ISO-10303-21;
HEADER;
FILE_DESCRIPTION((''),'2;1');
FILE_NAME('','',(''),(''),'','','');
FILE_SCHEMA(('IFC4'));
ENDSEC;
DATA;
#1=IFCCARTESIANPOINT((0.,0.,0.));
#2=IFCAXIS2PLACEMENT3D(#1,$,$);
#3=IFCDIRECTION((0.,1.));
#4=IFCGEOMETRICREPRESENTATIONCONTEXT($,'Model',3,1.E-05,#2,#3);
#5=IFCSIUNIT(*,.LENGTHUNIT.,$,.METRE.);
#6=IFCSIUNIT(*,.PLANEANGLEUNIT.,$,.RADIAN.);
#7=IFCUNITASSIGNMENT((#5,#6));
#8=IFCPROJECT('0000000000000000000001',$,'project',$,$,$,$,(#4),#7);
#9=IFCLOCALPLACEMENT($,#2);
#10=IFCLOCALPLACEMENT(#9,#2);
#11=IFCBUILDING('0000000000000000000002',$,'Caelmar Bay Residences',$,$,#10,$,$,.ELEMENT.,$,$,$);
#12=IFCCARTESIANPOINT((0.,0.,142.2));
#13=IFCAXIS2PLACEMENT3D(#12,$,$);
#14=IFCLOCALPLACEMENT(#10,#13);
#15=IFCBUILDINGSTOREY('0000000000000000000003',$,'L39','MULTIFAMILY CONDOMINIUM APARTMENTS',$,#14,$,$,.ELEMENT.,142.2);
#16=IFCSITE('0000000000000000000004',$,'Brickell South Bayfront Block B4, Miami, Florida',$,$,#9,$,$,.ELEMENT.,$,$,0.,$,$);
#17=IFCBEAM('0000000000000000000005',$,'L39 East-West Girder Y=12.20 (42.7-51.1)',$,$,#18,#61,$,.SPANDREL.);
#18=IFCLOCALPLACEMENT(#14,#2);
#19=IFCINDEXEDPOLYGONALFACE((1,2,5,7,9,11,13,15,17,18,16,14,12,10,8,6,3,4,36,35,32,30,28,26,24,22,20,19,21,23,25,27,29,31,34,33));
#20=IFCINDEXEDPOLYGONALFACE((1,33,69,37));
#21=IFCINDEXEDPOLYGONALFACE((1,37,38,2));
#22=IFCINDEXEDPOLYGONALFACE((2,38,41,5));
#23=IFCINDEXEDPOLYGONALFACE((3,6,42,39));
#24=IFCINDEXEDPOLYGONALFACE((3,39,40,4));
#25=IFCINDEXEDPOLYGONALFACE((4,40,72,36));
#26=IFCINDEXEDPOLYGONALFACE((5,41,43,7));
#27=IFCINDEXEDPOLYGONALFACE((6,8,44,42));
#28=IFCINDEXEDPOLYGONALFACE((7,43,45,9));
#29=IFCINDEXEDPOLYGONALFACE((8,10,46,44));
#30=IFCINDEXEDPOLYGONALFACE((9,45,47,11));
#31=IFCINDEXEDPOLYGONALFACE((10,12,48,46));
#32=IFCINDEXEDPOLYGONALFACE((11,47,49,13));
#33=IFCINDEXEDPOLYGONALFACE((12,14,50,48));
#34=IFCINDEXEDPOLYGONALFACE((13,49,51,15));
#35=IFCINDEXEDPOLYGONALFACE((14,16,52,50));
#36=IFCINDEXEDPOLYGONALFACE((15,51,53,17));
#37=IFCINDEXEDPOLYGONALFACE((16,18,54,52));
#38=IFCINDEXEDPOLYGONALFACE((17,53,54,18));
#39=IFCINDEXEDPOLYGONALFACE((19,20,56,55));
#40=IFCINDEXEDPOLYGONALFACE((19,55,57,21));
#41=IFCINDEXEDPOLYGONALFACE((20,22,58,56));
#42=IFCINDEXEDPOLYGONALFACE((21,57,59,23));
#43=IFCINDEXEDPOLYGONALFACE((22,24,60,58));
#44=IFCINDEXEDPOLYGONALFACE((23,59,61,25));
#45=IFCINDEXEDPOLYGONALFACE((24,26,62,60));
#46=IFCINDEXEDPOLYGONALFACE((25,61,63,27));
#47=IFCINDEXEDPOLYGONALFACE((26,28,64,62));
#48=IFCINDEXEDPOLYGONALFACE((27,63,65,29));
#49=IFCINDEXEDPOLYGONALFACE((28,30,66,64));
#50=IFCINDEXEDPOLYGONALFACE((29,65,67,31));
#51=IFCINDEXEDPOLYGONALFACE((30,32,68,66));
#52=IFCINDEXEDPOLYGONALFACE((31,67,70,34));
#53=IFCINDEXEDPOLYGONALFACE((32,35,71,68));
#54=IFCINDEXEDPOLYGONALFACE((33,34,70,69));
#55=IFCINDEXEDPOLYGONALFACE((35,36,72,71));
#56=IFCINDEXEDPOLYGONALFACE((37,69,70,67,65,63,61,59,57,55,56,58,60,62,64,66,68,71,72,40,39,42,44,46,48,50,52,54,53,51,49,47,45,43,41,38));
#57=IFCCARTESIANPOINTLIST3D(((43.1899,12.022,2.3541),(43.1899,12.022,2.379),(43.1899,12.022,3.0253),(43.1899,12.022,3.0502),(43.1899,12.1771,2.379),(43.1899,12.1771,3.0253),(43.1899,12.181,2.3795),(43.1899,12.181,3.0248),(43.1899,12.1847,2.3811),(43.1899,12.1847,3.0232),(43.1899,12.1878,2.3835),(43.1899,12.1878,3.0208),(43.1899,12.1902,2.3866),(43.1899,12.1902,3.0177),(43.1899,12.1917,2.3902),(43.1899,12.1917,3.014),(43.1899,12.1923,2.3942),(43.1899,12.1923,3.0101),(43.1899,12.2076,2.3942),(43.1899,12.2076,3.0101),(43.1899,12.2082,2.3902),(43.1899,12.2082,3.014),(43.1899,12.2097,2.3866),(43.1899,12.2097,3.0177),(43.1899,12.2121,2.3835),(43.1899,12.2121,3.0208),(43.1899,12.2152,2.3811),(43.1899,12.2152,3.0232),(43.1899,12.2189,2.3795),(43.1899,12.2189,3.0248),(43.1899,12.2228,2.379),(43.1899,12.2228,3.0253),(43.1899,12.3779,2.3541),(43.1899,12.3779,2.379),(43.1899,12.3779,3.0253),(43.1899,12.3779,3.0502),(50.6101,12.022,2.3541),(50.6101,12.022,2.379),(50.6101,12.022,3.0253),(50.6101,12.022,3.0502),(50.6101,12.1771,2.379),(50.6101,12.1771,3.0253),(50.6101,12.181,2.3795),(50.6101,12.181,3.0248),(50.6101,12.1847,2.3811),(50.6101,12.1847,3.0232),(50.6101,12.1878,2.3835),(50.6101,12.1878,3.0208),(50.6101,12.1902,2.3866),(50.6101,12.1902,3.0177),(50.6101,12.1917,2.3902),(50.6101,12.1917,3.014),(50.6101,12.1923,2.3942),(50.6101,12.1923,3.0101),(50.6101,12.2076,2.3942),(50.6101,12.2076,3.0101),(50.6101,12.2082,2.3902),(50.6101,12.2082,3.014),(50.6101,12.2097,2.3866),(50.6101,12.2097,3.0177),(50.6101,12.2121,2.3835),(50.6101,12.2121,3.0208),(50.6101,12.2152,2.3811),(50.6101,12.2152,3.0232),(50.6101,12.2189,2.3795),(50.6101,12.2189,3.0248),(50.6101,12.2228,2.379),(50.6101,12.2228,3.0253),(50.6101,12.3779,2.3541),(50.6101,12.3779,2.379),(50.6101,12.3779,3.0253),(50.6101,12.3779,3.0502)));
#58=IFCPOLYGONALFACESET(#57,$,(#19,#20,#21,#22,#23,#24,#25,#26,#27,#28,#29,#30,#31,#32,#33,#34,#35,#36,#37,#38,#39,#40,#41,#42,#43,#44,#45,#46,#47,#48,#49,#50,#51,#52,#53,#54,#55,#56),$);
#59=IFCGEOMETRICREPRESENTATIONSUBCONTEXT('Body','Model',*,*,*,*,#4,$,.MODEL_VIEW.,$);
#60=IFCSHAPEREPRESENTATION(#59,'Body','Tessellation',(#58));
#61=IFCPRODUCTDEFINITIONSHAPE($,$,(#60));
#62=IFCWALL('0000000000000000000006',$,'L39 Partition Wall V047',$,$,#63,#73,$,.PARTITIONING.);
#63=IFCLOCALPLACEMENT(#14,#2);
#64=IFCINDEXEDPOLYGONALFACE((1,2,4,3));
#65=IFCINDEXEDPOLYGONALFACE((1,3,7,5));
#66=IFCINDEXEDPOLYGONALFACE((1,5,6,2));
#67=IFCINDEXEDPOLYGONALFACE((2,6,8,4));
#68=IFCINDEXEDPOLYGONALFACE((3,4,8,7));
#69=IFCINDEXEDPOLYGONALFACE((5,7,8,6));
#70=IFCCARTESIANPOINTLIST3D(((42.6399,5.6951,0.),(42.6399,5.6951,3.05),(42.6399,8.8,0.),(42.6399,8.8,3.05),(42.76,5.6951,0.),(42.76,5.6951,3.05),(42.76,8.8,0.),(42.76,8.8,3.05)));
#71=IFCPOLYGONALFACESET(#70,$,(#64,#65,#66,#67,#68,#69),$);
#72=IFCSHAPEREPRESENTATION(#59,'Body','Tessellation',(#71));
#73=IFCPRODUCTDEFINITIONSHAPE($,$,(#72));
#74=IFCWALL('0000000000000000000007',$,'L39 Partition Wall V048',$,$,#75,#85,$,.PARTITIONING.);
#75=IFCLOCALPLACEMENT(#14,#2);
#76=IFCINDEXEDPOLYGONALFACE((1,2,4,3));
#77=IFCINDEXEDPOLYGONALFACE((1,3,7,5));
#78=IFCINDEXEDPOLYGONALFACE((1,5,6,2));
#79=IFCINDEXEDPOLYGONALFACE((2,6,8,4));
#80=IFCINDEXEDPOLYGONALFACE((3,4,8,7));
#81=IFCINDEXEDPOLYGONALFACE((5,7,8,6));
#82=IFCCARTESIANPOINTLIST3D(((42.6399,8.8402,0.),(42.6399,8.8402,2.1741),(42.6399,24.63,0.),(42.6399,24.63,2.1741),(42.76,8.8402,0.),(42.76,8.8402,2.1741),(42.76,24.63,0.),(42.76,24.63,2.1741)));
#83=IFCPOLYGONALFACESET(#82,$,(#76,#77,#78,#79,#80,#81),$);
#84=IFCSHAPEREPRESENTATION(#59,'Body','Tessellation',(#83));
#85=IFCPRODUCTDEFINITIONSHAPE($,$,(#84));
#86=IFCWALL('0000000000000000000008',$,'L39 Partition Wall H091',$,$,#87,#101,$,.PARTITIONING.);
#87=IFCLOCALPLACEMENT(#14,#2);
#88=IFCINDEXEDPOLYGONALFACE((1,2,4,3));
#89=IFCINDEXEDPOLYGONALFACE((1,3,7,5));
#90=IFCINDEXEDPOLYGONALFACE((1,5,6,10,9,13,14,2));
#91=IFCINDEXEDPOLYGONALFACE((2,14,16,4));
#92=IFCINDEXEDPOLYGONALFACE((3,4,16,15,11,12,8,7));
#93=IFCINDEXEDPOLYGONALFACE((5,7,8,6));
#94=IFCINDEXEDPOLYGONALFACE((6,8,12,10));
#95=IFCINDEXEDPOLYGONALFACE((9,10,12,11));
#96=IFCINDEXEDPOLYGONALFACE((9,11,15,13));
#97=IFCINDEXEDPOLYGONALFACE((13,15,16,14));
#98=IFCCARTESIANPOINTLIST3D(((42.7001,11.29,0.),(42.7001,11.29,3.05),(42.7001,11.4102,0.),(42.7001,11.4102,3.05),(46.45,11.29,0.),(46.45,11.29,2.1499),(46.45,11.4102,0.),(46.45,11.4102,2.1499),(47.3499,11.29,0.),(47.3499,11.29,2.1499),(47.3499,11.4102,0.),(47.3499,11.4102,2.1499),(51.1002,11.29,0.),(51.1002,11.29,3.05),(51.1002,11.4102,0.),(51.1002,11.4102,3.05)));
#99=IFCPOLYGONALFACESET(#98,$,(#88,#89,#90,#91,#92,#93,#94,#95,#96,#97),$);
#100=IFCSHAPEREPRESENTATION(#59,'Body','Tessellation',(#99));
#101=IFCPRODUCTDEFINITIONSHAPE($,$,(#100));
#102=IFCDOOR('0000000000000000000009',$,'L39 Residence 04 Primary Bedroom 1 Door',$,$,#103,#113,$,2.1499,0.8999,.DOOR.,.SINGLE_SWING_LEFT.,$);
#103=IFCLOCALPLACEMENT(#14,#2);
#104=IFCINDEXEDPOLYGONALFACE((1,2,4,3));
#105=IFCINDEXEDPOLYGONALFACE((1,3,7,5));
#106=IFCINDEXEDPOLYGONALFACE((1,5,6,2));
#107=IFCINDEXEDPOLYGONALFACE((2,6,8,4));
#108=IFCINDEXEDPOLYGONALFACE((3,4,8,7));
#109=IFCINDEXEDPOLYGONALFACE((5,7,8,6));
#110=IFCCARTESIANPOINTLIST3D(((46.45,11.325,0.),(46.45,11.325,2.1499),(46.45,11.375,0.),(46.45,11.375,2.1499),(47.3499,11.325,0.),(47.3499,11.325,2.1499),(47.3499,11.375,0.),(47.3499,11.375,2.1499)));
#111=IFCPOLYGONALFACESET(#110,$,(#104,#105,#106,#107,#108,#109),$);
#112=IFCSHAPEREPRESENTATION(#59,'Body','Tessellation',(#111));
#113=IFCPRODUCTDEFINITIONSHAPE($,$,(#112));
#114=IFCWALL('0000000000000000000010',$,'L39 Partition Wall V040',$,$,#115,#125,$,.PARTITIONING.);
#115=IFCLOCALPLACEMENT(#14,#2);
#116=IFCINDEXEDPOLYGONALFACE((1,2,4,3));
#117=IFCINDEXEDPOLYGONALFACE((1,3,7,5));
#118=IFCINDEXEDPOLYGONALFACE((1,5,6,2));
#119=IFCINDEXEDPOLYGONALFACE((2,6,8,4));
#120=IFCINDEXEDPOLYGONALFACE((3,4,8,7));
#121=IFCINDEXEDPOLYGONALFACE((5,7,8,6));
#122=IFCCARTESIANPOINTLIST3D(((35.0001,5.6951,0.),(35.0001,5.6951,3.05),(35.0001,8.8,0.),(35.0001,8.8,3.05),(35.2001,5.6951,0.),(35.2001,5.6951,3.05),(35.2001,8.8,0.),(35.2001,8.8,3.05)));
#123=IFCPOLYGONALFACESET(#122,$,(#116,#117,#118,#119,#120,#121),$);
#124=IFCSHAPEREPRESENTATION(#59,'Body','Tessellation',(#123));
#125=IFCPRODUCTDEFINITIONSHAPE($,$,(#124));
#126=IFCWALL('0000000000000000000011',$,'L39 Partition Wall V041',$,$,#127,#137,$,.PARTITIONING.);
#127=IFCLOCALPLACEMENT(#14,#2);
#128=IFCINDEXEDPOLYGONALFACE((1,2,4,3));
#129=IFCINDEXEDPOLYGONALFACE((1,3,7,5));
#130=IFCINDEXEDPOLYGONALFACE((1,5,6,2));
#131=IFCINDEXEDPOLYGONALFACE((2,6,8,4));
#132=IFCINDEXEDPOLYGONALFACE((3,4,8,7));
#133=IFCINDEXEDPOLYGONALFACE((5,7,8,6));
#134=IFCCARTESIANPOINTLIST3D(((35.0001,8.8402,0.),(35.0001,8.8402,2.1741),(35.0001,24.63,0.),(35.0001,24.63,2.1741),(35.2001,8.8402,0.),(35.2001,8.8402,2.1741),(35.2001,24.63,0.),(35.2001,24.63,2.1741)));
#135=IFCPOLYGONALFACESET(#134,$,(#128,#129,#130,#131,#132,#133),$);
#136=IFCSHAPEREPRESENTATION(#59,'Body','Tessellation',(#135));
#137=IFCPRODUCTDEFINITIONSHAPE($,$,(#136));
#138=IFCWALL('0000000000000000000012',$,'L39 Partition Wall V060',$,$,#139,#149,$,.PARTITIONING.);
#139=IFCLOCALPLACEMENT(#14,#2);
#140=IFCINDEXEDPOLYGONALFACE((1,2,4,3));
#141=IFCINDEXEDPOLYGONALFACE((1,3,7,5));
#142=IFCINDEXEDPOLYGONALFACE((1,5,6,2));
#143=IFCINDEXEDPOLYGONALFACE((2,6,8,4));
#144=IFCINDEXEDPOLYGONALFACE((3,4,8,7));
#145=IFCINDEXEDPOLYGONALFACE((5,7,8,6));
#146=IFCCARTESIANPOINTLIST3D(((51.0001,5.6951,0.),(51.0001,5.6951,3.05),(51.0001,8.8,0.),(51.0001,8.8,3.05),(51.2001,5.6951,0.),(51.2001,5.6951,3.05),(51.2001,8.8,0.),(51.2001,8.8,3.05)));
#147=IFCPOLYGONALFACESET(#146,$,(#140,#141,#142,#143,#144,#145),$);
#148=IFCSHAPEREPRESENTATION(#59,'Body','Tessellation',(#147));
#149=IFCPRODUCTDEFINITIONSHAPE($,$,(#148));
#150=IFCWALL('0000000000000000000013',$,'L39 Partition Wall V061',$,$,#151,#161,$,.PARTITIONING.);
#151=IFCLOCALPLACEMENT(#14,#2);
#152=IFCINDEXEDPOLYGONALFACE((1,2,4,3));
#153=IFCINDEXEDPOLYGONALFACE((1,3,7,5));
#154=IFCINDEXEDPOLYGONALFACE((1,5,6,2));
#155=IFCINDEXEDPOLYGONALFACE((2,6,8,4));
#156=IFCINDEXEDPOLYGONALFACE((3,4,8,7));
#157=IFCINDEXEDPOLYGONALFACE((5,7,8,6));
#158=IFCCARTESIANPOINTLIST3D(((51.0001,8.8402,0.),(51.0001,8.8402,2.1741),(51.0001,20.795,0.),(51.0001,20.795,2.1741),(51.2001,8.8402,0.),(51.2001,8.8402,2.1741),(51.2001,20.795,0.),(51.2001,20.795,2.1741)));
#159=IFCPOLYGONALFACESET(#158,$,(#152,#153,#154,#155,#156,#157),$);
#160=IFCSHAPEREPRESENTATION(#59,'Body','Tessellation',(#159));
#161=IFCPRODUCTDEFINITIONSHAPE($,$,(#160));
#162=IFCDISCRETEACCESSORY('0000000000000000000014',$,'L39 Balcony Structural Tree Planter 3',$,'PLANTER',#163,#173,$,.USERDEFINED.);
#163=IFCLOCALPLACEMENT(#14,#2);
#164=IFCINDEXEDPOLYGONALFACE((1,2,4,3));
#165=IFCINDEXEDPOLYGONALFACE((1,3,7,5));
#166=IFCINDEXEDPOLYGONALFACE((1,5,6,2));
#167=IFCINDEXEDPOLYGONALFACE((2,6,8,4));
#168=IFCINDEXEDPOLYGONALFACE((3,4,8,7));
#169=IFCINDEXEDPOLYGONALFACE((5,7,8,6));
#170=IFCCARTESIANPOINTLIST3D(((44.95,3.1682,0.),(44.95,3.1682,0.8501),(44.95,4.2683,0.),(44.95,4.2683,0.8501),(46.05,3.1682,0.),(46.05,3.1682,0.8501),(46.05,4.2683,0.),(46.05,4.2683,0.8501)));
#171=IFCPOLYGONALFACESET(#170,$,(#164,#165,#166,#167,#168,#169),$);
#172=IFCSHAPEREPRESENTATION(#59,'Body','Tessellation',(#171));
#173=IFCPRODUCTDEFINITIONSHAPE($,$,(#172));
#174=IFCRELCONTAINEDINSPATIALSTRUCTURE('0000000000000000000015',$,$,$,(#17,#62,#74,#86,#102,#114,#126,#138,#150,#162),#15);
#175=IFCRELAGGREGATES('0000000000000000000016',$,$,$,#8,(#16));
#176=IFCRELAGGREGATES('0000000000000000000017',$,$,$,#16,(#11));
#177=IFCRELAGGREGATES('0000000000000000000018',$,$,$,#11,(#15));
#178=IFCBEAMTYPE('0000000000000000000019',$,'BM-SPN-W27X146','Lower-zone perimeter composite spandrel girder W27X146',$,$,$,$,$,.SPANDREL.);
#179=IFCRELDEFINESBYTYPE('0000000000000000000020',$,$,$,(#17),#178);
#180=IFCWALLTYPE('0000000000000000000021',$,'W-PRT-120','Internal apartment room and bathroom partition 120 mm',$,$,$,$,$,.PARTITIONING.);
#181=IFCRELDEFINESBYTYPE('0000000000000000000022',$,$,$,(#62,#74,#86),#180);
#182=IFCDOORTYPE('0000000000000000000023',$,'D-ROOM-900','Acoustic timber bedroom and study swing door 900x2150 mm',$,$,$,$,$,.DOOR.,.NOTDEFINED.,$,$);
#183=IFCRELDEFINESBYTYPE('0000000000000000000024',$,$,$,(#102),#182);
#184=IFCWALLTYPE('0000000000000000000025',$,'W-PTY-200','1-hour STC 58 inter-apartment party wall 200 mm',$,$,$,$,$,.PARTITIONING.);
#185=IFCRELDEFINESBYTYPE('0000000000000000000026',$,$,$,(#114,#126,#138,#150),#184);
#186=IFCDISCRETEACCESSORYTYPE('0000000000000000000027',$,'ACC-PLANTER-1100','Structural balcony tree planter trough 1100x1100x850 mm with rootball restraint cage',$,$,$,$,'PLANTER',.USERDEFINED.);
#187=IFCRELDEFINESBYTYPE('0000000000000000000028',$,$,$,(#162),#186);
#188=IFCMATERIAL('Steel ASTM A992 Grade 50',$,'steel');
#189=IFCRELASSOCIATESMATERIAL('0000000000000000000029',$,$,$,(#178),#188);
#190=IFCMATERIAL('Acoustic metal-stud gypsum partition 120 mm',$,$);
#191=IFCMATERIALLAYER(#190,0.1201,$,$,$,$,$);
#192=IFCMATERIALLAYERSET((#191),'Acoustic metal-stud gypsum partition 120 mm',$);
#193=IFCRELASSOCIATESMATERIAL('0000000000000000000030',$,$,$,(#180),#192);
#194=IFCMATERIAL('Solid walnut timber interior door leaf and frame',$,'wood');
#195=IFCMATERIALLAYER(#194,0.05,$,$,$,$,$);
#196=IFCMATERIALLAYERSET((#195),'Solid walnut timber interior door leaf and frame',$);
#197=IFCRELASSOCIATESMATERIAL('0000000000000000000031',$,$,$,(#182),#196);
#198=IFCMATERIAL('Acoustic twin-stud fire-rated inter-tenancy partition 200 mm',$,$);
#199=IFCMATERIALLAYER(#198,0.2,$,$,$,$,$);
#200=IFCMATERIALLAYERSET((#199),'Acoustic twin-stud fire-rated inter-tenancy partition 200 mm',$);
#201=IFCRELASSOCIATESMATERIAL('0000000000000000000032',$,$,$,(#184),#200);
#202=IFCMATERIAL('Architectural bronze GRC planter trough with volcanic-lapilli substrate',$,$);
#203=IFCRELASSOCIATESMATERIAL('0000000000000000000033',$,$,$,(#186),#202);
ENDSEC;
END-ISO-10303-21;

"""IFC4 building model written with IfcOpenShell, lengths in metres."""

from ifc_helpers import new_model, si_unit, direction, frame, frame_2d, origin, origin_2d, place, context, subcontext, project, spatial, rectangle, i_section, extrude, material, layer, layer_set, material_profile, profile_set, type_object, element, fill, save


model = new_model("IFC4")

# Units and contexts
model_context = context("Model", 3, precision=1e-05, world=origin(), true_north=direction((0.0, 1.0)))
body_context = subcontext(model_context, "Body", "Model", "MODEL_VIEW")
ifc_project = project(units=[si_unit("LENGTHUNIT", "METRE"), si_unit("PLANEANGLEUNIT", "RADIAN")], contexts=[model_context])

# Site, building, storey
site_placement = place(None, origin())
site = spatial("IfcSite", under=ifc_project, at=site_placement, Name="Brickell South Bayfront Block B4, Miami, Florida", CompositionType="ELEMENT", RefElevation=0.0)
building_placement = place(site_placement, origin())
building = spatial("IfcBuilding", under=site, at=building_placement, Name="Caelmar Bay Residences", CompositionType="ELEMENT")
storey_placement = place(building_placement, frame((0.0, 0.0, 142.2)))
storey = spatial("IfcBuildingStorey", under=building, at=storey_placement, Name="L39", Description="MULTIFAMILY CONDOMINIUM APARTMENTS", CompositionType="ELEMENT", Elevation=142.2)

# Beam
ifc_material_1 = material(Name="Steel ASTM A992 Grade 50", Category="steel")
ifc_material_profile_1 = material_profile(ifc_material_1, i_section(OverallWidth=0.356, OverallDepth=0.696, WebThickness=0.0154, FlangeThickness=0.0249, FilletRadius=0.0151, at=origin_2d()), Name="W27X146")
ifc_profile_set_1 = profile_set([ifc_material_profile_1], Name="Steel ASTM A992 Grade 50")
beam_type_1 = type_object("IfcBeamType", Name="BM-SPN-W27X146", Description="Lower-zone perimeter composite spandrel girder W27X146", PredefinedType="SPANDREL", material=ifc_profile_set_1)
beam_1_placement = place(storey_placement, frame((43.1899, 12.2, 2.7021), z_axis=(1.0, 0.0, 0.0), x_axis=(0.0, 1.0, 0.0)))
element("IfcBeam", 1, at=beam_1_placement, inside=storey, type_object=beam_type_1, Name="L39 East-West Girder Y=12.20 (42.7-51.1)", PredefinedType="SPANDREL", context=body_context, shape_type="SweptSolid", body=[
    extrude(i_section(OverallWidth=0.356, OverallDepth=0.696, WebThickness=0.0154, FlangeThickness=0.0249, FilletRadius=0.0151, at=origin_2d()), origin(), (0.0, 0.0, 1.0), 7.4202),
])

# Walls
ifc_material_2 = material(Name="Acoustic metal-stud gypsum partition 120 mm")
ifc_layer_1 = layer(ifc_material_2, 0.1201)
ifc_layer_set_1 = layer_set([ifc_layer_1], Name="Acoustic metal-stud gypsum partition 120 mm")
wall_type_1 = type_object("IfcWallType", Name="W-PRT-120", Description="Internal apartment room and bathroom partition 120 mm", PredefinedType="PARTITIONING", material=ifc_layer_set_1)
wall_1_placement = place(storey_placement, frame((42.7, 5.6951, 0.0), z_axis=(0.0, 0.0, 1.0), x_axis=(0.0, 1.0, 0.0)))
element("IfcWall", 2, at=wall_1_placement, inside=storey, type_object=wall_type_1, Name="L39 Partition Wall V047", PredefinedType="PARTITIONING", context=body_context, shape_type="SweptSolid", body=[
    extrude(rectangle(XDim=3.105, YDim=0.1201, at=frame_2d((1.5525, 0.0))), origin(), (0.0, 0.0, 1.0), 3.05),
])
wall_2_placement = place(storey_placement, frame((42.7, 8.8401, 0.0), z_axis=(0.0, 0.0, 1.0), x_axis=(0.0, 1.0, 0.0)))
element("IfcWall", 3, at=wall_2_placement, inside=storey, type_object=wall_type_1, Name="L39 Partition Wall V048", PredefinedType="PARTITIONING", context=body_context, shape_type="SweptSolid", body=[
    extrude(rectangle(XDim=15.7898, YDim=0.1201, at=frame_2d((7.895, 0.0))), origin(), (0.0, 0.0, 1.0), 2.1741),
])

# Wall, opening, door
wall_3_placement = place(storey_placement, frame((42.7, 11.3501, 0.0), z_axis=(0.0, 0.0, 1.0), x_axis=(1.0, 0.0, 0.0)))
wall_3 = element("IfcWall", 4, at=wall_3_placement, inside=storey, type_object=wall_type_1, Name="L39 Partition Wall H091", PredefinedType="PARTITIONING", context=body_context, shape_type="SweptSolid", body=[
    extrude(rectangle(XDim=8.4001, YDim=0.1201, at=frame_2d((4.2002, 0.0))), origin(), (0.0, 0.0, 1.0), 3.05),
])
opening_placement = place(wall_3_placement, frame((3.75, 0.0, 0.0)))
opening = element("IfcOpeningElement", 5, at=opening_placement, cuts=wall_3, PredefinedType="OPENING", context=body_context, shape_type="SweptSolid", body=[
    extrude(rectangle(XDim=0.8999, YDim=2.1499, at=frame_2d((0.45, 1.075))), frame((0.0, 0.0701, 0.0), z_axis=(0.0, -1.0, 0.0), x_axis=(1.0, 0.0, 0.0)), (0.0, 0.0, 1.0), 0.1401),
])
ifc_material_3 = material(Name="Solid walnut timber interior door leaf and frame", Category="wood")
ifc_layer_2 = layer(ifc_material_3, 0.05)
ifc_layer_set_2 = layer_set([ifc_layer_2], Name="Solid walnut timber interior door leaf and frame")
door_type = type_object("IfcDoorType", Name="D-ROOM-900", Description="Acoustic timber bedroom and study swing door 900x2150 mm", OperationType="NOTDEFINED", PredefinedType="DOOR", material=ifc_layer_set_2)
door_placement = place(opening_placement, origin())
door = element("IfcDoor", 6, at=door_placement, inside=storey, type_object=door_type, Name="L39 Residence 04 Primary Bedroom 1 Door", OperationType="SINGLE_SWING_LEFT", OverallHeight=2.1499, OverallWidth=0.8999, PredefinedType="DOOR", context=body_context, shape_type="SweptSolid", body=[
    extrude(rectangle(XDim=0.8999, YDim=2.1499, at=frame_2d((0.45, 1.075))), frame((0.0, 0.0249, 0.0), z_axis=(0.0, -1.0, 0.0), x_axis=(1.0, 0.0, 0.0)), (0.0, 0.0, 1.0), 0.05),
])
fill(opening, door)

# Walls
ifc_material_4 = material(Name="Acoustic twin-stud fire-rated inter-tenancy partition 200 mm")
ifc_layer_3 = layer(ifc_material_4, 0.2)
ifc_layer_set_3 = layer_set([ifc_layer_3], Name="Acoustic twin-stud fire-rated inter-tenancy partition 200 mm")
wall_type_2 = type_object("IfcWallType", Name="W-PTY-200", Description="1-hour STC 58 inter-apartment party wall 200 mm", PredefinedType="PARTITIONING", material=ifc_layer_set_3)
wall_4_placement = place(storey_placement, frame((35.1001, 5.6951, 0.0), z_axis=(0.0, 0.0, 1.0), x_axis=(0.0, 1.0, 0.0)))
element("IfcWall", 7, at=wall_4_placement, inside=storey, type_object=wall_type_2, Name="L39 Partition Wall V040", PredefinedType="PARTITIONING", context=body_context, shape_type="SweptSolid", body=[
    extrude(rectangle(XDim=3.105, YDim=0.2, at=frame_2d((1.5525, 0.0))), origin(), (0.0, 0.0, 1.0), 3.05),
])
wall_5_placement = place(storey_placement, frame((35.1001, 8.8401, 0.0), z_axis=(0.0, 0.0, 1.0), x_axis=(0.0, 1.0, 0.0)))
element("IfcWall", 8, at=wall_5_placement, inside=storey, type_object=wall_type_2, Name="L39 Partition Wall V041", PredefinedType="PARTITIONING", context=body_context, shape_type="SweptSolid", body=[
    extrude(rectangle(XDim=15.7898, YDim=0.2, at=frame_2d((7.895, 0.0))), origin(), (0.0, 0.0, 1.0), 2.1741),
])
wall_6_placement = place(storey_placement, frame((51.1001, 5.6951, 0.0), z_axis=(0.0, 0.0, 1.0), x_axis=(0.0, 1.0, 0.0)))
element("IfcWall", 9, at=wall_6_placement, inside=storey, type_object=wall_type_2, Name="L39 Partition Wall V060", PredefinedType="PARTITIONING", context=body_context, shape_type="SweptSolid", body=[
    extrude(rectangle(XDim=3.105, YDim=0.2, at=frame_2d((1.5525, 0.0))), origin(), (0.0, 0.0, 1.0), 3.05),
])
wall_7_placement = place(storey_placement, frame((51.1001, 8.8401, 0.0), z_axis=(0.0, 0.0, 1.0), x_axis=(0.0, 1.0, 0.0)))
element("IfcWall", 10, at=wall_7_placement, inside=storey, type_object=wall_type_2, Name="L39 Partition Wall V061", PredefinedType="PARTITIONING", context=body_context, shape_type="SweptSolid", body=[
    extrude(rectangle(XDim=11.9548, YDim=0.2, at=frame_2d((5.9775, 0.0))), origin(), (0.0, 0.0, 1.0), 2.1741),
])

# Discrete accessory
ifc_material_5 = material(Name="Architectural bronze GRC planter trough with volcanic-lapilli substrate")
discrete_accessory_type = type_object("IfcDiscreteAccessoryType", Name="ACC-PLANTER-1100", Description="Structural balcony tree planter trough 1100x1100x850 mm with rootball restraint cage", ElementType="PLANTER", PredefinedType="USERDEFINED", material=ifc_material_5)
discrete_accessory_placement = place(storey_placement, frame((45.5, 3.7183, 0.0), z_axis=(0.0, 0.0, 1.0), x_axis=(1.0, 0.0, 0.0)))
element("IfcDiscreteAccessory", 11, at=discrete_accessory_placement, inside=storey, type_object=discrete_accessory_type, Name="L39 Balcony Structural Tree Planter 3", ObjectType="PLANTER", PredefinedType="USERDEFINED", context=body_context, shape_type="SweptSolid", body=[
    extrude(rectangle(XDim=1.1001, YDim=1.1001, at=origin_2d()), origin(), (0.0, 0.0, 1.0), 0.8501),
])

save(model, "model.ifc")
